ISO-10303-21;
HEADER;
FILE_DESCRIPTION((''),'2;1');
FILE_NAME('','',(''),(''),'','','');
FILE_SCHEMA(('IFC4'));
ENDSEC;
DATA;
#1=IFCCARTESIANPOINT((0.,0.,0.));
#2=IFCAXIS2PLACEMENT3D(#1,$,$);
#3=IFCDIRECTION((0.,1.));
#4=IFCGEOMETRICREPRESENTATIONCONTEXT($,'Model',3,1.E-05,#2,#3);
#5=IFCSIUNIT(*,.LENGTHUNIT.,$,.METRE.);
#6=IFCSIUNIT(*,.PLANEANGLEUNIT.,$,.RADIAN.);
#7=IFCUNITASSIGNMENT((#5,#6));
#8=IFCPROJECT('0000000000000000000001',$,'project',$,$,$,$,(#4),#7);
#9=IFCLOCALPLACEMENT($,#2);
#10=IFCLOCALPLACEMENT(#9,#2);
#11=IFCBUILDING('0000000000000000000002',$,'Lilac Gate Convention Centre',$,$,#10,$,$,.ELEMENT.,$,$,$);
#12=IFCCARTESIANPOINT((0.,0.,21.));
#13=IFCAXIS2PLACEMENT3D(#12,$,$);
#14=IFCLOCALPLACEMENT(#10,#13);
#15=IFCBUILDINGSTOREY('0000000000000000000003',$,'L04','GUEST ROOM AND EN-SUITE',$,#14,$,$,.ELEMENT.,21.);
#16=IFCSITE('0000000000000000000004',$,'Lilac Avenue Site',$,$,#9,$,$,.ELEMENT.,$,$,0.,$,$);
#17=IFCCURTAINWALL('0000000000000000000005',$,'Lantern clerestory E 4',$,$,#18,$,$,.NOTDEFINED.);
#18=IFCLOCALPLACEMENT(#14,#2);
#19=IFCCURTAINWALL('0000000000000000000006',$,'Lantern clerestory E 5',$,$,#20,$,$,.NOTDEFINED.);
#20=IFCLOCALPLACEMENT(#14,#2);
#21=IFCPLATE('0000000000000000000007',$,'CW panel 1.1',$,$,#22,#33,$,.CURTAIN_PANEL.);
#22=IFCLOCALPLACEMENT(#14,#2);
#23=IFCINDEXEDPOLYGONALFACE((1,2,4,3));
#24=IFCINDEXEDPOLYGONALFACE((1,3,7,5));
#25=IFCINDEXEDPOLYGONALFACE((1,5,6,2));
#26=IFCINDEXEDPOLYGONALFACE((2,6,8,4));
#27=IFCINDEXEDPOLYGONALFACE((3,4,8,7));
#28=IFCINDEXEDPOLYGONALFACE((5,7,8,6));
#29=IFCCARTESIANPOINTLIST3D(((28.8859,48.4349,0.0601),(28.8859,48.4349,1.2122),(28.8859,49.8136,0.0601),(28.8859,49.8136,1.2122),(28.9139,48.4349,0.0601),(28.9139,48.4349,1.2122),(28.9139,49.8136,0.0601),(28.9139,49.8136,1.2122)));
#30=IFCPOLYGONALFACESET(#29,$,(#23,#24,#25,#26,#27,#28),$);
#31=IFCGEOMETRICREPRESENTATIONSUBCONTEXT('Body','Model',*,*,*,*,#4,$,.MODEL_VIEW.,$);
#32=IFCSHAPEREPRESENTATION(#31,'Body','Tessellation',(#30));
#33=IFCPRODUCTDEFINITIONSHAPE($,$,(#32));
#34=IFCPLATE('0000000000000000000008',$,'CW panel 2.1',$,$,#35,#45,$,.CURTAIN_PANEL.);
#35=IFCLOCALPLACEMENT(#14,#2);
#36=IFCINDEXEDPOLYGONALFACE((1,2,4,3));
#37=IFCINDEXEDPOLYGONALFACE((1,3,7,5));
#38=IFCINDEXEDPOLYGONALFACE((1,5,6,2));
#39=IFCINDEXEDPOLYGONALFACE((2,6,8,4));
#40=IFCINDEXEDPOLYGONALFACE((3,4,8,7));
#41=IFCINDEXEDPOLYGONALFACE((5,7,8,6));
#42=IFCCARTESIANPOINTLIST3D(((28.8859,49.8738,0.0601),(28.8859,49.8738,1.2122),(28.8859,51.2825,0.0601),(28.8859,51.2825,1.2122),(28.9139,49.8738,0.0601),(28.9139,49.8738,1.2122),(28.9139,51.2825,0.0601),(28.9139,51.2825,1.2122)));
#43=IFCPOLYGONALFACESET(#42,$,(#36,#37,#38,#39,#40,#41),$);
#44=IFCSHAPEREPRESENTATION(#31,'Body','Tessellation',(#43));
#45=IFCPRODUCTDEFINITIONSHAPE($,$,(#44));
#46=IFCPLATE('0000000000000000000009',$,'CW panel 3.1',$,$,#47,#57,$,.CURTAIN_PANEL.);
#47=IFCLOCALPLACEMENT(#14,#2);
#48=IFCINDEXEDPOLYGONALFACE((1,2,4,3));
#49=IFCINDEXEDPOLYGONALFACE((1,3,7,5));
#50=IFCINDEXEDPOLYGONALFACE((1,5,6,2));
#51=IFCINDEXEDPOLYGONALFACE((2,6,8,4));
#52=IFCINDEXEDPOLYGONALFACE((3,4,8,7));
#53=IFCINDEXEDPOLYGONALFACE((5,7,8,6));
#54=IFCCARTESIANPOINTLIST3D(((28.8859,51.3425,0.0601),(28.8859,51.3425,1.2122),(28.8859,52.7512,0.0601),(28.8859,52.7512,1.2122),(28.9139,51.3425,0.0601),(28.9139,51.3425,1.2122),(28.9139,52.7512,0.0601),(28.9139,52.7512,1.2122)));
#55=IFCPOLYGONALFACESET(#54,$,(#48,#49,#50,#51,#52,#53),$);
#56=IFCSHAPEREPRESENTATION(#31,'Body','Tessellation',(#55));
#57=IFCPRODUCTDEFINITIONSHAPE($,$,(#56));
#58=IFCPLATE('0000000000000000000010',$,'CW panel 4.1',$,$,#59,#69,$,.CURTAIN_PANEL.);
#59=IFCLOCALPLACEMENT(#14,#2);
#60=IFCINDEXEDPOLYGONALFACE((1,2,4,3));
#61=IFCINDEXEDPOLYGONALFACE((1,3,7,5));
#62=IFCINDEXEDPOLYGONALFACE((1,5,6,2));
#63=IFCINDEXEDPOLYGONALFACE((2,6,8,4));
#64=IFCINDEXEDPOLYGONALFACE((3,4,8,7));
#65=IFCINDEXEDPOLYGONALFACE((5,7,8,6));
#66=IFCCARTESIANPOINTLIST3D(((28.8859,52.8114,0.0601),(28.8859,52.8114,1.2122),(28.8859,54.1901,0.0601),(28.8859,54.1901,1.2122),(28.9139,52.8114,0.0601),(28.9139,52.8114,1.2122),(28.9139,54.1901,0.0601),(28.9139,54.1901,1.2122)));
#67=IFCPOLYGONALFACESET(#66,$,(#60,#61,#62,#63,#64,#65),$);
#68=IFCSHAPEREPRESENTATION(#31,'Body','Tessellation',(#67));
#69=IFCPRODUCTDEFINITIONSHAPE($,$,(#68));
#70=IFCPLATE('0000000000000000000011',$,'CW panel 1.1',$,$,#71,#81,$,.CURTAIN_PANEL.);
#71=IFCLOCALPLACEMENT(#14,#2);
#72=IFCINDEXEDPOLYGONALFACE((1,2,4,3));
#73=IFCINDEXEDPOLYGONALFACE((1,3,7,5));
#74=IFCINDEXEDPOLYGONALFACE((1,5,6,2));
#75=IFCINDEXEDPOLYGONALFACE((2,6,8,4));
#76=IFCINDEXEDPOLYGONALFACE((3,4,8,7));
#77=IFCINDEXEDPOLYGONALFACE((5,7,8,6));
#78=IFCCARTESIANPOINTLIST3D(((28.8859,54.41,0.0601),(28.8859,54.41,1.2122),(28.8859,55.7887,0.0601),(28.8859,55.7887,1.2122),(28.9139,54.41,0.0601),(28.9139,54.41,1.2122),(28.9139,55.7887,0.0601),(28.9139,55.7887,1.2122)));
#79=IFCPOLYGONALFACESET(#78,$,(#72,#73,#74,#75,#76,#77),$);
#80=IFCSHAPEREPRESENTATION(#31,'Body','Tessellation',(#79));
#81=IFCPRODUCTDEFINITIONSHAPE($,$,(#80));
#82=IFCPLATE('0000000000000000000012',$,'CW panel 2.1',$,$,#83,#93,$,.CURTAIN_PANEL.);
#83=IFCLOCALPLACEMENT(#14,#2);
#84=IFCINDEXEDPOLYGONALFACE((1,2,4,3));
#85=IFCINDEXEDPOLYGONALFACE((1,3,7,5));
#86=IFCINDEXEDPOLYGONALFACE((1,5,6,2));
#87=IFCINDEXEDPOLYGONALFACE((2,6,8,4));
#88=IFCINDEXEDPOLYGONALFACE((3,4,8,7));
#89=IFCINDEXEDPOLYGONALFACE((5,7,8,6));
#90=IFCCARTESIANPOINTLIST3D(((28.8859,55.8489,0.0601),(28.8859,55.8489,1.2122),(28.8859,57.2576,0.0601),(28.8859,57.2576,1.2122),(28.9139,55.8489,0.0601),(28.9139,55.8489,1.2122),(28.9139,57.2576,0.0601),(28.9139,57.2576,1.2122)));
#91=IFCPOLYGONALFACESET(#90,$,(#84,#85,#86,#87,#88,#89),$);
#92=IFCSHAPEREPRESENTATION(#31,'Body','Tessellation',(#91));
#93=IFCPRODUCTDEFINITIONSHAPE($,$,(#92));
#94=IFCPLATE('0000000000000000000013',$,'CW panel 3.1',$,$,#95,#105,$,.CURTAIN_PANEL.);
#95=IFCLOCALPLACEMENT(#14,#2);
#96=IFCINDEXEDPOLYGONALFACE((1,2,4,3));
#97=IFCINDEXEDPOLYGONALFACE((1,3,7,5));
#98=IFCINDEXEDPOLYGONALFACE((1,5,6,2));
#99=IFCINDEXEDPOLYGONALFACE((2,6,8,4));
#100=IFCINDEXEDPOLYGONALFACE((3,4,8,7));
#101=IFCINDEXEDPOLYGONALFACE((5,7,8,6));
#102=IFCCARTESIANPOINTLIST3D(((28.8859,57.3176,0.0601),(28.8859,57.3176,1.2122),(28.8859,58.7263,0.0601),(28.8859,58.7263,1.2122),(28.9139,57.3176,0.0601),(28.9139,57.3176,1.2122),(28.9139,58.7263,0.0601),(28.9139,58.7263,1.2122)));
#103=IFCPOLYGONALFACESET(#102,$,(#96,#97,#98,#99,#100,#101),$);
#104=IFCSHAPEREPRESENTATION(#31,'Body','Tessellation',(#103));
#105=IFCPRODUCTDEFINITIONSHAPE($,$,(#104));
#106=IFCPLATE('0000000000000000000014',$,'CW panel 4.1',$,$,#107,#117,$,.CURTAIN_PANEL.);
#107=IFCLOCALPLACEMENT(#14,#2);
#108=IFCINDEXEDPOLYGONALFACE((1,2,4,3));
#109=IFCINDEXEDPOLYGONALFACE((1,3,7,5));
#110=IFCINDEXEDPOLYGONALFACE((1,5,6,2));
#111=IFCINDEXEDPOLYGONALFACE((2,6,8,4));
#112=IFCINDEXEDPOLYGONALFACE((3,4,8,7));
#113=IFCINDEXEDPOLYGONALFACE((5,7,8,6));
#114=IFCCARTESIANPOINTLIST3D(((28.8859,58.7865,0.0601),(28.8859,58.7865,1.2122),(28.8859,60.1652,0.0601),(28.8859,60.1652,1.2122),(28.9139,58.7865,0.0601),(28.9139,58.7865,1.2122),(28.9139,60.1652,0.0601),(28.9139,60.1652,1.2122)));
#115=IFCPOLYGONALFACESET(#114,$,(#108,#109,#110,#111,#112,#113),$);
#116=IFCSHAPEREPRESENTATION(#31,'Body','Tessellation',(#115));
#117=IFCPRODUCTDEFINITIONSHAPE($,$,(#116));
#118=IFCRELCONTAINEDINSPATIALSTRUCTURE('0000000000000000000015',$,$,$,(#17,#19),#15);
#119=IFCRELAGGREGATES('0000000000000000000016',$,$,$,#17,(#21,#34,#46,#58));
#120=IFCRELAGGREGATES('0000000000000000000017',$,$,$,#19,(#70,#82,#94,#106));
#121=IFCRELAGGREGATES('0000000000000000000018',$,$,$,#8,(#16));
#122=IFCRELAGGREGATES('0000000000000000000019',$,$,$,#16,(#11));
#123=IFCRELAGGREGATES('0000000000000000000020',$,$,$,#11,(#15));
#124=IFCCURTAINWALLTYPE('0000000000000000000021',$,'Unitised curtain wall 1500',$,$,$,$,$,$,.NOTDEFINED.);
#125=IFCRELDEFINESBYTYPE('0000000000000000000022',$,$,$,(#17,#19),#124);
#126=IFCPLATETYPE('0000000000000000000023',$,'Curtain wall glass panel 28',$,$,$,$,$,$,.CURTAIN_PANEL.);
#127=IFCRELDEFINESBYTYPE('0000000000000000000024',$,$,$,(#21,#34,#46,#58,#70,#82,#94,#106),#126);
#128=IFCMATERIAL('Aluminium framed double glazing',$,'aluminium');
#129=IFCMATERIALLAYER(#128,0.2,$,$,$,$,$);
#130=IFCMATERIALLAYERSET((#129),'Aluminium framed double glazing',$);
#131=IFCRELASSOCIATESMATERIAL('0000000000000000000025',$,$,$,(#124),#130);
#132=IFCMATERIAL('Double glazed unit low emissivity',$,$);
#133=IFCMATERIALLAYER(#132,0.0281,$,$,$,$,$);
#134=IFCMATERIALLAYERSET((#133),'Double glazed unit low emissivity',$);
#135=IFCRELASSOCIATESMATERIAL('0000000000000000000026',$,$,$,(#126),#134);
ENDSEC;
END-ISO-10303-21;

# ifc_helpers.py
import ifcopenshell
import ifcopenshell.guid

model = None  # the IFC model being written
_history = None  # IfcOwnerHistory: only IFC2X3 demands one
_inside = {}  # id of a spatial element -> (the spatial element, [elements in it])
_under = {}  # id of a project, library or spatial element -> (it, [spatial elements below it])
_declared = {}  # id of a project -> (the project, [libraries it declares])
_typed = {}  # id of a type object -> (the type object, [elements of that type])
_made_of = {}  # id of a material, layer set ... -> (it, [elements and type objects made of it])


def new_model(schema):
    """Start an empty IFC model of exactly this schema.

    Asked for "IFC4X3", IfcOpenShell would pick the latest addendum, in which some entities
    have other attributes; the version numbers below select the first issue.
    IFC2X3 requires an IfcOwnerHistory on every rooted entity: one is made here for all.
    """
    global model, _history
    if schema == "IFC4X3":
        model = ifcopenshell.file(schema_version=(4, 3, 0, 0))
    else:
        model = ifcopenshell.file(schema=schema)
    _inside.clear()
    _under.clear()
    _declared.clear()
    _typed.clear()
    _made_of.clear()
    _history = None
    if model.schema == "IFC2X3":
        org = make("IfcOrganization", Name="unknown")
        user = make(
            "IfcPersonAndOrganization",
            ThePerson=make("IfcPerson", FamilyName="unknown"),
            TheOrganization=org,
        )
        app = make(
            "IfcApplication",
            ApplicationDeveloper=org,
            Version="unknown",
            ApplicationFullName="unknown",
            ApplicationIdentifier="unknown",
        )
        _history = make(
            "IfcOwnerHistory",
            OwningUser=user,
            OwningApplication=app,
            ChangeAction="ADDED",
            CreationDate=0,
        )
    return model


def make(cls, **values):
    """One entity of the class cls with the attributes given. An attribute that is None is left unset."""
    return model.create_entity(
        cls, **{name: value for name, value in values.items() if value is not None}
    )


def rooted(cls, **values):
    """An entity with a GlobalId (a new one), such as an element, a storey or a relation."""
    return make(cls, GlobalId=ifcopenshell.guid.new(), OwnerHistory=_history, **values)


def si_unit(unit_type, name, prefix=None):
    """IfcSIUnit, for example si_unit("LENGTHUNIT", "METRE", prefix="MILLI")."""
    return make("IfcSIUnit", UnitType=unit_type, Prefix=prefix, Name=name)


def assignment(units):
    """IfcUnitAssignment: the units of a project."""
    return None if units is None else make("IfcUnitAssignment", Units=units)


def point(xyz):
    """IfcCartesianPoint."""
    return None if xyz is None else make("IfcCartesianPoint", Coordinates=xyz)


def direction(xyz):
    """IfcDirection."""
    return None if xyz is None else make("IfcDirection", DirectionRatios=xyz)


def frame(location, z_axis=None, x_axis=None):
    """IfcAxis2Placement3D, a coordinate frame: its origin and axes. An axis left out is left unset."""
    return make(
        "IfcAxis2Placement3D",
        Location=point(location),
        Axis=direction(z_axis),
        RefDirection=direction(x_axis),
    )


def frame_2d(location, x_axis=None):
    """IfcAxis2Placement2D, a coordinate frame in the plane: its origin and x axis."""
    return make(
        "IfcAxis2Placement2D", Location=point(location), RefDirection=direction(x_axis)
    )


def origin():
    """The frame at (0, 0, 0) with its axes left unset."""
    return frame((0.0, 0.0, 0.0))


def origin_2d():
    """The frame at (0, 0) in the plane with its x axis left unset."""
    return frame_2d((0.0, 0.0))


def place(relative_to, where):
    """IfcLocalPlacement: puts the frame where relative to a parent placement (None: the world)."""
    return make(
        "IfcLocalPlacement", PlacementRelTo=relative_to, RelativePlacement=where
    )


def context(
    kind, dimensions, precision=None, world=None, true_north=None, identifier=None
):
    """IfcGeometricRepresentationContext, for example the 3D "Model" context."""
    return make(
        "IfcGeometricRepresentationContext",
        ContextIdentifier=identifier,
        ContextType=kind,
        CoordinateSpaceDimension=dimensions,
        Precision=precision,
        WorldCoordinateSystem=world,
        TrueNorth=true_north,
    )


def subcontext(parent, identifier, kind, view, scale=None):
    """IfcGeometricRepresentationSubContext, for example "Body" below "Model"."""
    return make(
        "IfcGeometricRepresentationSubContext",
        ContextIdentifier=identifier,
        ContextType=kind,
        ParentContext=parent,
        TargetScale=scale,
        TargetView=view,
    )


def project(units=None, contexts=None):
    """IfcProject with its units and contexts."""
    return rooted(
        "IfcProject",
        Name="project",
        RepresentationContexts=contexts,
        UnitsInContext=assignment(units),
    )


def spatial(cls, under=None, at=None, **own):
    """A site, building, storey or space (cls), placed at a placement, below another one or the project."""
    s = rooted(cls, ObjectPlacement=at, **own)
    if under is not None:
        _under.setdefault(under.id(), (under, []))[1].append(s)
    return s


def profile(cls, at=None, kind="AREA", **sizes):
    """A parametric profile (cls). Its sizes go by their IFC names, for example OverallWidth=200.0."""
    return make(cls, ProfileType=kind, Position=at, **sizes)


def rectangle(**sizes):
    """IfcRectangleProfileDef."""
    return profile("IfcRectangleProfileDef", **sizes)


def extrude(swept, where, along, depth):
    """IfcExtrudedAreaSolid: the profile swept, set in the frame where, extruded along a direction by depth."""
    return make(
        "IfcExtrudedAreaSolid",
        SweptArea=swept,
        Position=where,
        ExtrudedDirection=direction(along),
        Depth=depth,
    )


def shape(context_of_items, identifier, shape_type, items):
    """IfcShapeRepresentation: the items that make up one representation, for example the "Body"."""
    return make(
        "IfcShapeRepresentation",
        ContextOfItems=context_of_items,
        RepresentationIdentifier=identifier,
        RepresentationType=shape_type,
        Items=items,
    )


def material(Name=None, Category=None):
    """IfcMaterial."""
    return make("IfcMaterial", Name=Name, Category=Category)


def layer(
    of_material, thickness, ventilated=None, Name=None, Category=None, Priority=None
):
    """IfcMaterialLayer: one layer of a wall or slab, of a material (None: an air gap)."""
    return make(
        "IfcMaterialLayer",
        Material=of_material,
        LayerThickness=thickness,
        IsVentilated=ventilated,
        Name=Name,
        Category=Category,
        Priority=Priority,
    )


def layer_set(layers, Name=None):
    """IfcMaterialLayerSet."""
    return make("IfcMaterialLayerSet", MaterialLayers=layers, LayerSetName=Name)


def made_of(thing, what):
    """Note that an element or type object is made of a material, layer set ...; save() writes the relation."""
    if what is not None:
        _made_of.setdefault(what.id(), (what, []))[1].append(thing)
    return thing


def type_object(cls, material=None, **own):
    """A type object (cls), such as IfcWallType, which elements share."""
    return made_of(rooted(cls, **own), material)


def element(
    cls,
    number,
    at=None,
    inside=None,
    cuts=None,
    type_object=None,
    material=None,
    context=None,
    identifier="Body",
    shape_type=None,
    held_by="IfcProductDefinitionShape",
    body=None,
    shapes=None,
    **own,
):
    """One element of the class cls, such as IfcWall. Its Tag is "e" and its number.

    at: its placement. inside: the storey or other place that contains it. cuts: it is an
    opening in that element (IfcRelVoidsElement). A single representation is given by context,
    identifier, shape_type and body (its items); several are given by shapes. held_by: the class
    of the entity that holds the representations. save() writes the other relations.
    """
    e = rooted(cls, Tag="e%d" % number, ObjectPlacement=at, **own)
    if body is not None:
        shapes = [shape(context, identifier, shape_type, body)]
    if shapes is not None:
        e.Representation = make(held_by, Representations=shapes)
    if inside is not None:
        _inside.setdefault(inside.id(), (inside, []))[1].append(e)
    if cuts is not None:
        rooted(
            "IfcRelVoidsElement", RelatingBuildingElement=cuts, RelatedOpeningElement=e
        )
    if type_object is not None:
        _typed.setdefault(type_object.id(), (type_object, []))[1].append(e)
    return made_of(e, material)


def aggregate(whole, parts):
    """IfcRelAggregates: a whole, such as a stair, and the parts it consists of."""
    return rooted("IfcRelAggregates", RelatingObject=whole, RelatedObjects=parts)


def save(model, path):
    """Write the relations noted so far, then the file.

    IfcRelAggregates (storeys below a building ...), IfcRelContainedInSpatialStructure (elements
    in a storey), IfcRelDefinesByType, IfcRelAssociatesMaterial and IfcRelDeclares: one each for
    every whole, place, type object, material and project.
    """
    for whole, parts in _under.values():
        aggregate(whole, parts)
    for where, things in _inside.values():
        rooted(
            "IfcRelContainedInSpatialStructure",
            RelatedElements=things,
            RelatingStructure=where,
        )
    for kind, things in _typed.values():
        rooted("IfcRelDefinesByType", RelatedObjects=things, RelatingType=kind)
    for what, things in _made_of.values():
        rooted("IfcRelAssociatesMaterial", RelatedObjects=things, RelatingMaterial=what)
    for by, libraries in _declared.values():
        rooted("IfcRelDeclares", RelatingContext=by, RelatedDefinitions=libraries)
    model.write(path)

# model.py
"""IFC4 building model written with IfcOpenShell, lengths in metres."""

from ifc_helpers import new_model, si_unit, direction, frame, origin, origin_2d, place, context, subcontext, project, spatial, rectangle, extrude, material, layer, layer_set, type_object, element, aggregate, save


model = new_model("IFC4")

# Units and contexts
model_context = context("Model", 3, precision=1e-05, world=origin(), true_north=direction((0.0, 1.0)))
body_context = subcontext(model_context, "Body", "Model", "MODEL_VIEW")
ifc_project = project(units=[si_unit("LENGTHUNIT", "METRE"), si_unit("PLANEANGLEUNIT", "RADIAN")], contexts=[model_context])

# Site, building, storey
site_placement = place(None, origin())
site = spatial("IfcSite", under=ifc_project, at=site_placement, Name="Lilac Avenue Site", CompositionType="ELEMENT", RefElevation=0.0)
building_placement = place(site_placement, origin())
building = spatial("IfcBuilding", under=site, at=building_placement, Name="Lilac Gate Convention Centre", CompositionType="ELEMENT")
storey_placement = place(building_placement, frame((0.0, 0.0, 21.0)))
storey = spatial("IfcBuildingStorey", under=building, at=storey_placement, Name="L04", Description="GUEST ROOM AND EN-SUITE", CompositionType="ELEMENT", Elevation=21.0)

# Shared definitions
ifc_material_1 = material(Name="Aluminium framed double glazing", Category="aluminium")
ifc_layer_1 = layer(ifc_material_1, 0.2)
ifc_layer_set_1 = layer_set([ifc_layer_1], Name="Aluminium framed double glazing")
curtain_wall_type = type_object("IfcCurtainWallType", Name="Unitised curtain wall 1500", PredefinedType="NOTDEFINED", material=ifc_layer_set_1)

# Curtain walls
curtain_wall_1_placement = place(storey_placement, origin())
curtain_wall_1 = element("IfcCurtainWall", 1, at=curtain_wall_1_placement, inside=storey, type_object=curtain_wall_type, Name="Lantern clerestory E 4", PredefinedType="NOTDEFINED")
curtain_wall_2_placement = place(storey_placement, origin())
curtain_wall_2 = element("IfcCurtainWall", 2, at=curtain_wall_2_placement, inside=storey, type_object=curtain_wall_type, Name="Lantern clerestory E 5", PredefinedType="NOTDEFINED")

# Plates
ifc_material_2 = material(Name="Double glazed unit low emissivity")
ifc_layer_2 = layer(ifc_material_2, 0.0281)
ifc_layer_set_2 = layer_set([ifc_layer_2], Name="Double glazed unit low emissivity")
plate_type = type_object("IfcPlateType", Name="Curtain wall glass panel 28", PredefinedType="CURTAIN_PANEL", material=ifc_layer_set_2)
plate_1_placement = place(storey_placement, frame((28.8999, 49.1243, 0.0601), z_axis=(0.0, 0.0, 1.0), x_axis=(0.0, 1.0, 0.0)))
plate_1 = element("IfcPlate", 3, at=plate_1_placement, type_object=plate_type, Name="CW panel 1.1", PredefinedType="CURTAIN_PANEL", context=body_context, shape_type="SweptSolid", body=[
    extrude(rectangle(XDim=1.3787, YDim=0.0281, at=origin_2d()), origin(), (0.0, 0.0, 1.0), 1.1521),
])
plate_2_placement = place(storey_placement, frame((28.8999, 50.5781, 0.0601), z_axis=(0.0, 0.0, 1.0), x_axis=(0.0, 1.0, 0.0)))
plate_2 = element("IfcPlate", 4, at=plate_2_placement, type_object=plate_type, Name="CW panel 2.1", PredefinedType="CURTAIN_PANEL", context=body_context, shape_type="SweptSolid", body=[
    extrude(rectangle(XDim=1.4087, YDim=0.0281, at=origin_2d()), origin(), (0.0, 0.0, 1.0), 1.1521),
])
plate_3_placement = place(storey_placement, frame((28.8999, 52.0469, 0.0601), z_axis=(0.0, 0.0, 1.0), x_axis=(0.0, 1.0, 0.0)))
plate_3 = element("IfcPlate", 5, at=plate_3_placement, type_object=plate_type, Name="CW panel 3.1", PredefinedType="CURTAIN_PANEL", context=body_context, shape_type="SweptSolid", body=[
    extrude(rectangle(XDim=1.4087, YDim=0.0281, at=origin_2d()), origin(), (0.0, 0.0, 1.0), 1.1521),
])
plate_4_placement = place(storey_placement, frame((28.8999, 53.5007, 0.0601), z_axis=(0.0, 0.0, 1.0), x_axis=(0.0, 1.0, 0.0)))
plate_4 = element("IfcPlate", 6, at=plate_4_placement, type_object=plate_type, Name="CW panel 4.1", PredefinedType="CURTAIN_PANEL", context=body_context, shape_type="SweptSolid", body=[
    extrude(rectangle(XDim=1.3787, YDim=0.0281, at=origin_2d()), origin(), (0.0, 0.0, 1.0), 1.1521),
])
aggregate(curtain_wall_1, [plate_1, plate_2, plate_3, plate_4])
plate_5_placement = place(storey_placement, frame((28.8999, 55.0994, 0.0601), z_axis=(0.0, 0.0, 1.0), x_axis=(0.0, 1.0, 0.0)))
plate_5 = element("IfcPlate", 7, at=plate_5_placement, type_object=plate_type, Name="CW panel 1.1", PredefinedType="CURTAIN_PANEL", context=body_context, shape_type="SweptSolid", body=[
    extrude(rectangle(XDim=1.3787, YDim=0.0281, at=origin_2d()), origin(), (0.0, 0.0, 1.0), 1.1521),
])
plate_6_placement = place(storey_placement, frame((28.8999, 56.5532, 0.0601), z_axis=(0.0, 0.0, 1.0), x_axis=(0.0, 1.0, 0.0)))
plate_6 = element("IfcPlate", 8, at=plate_6_placement, type_object=plate_type, Name="CW panel 2.1", PredefinedType="CURTAIN_PANEL", context=body_context, shape_type="SweptSolid", body=[
    extrude(rectangle(XDim=1.4087, YDim=0.0281, at=origin_2d()), origin(), (0.0, 0.0, 1.0), 1.1521),
])
plate_7_placement = place(storey_placement, frame((28.8999, 58.022, 0.0601), z_axis=(0.0, 0.0, 1.0), x_axis=(0.0, 1.0, 0.0)))
plate_7 = element("IfcPlate", 9, at=plate_7_placement, type_object=plate_type, Name="CW panel 3.1", PredefinedType="CURTAIN_PANEL", context=body_context, shape_type="SweptSolid", body=[
    extrude(rectangle(XDim=1.4087, YDim=0.0281, at=origin_2d()), origin(), (0.0, 0.0, 1.0), 1.1521),
])
plate_8_placement = place(storey_placement, frame((28.8999, 59.4758, 0.0601), z_axis=(0.0, 0.0, 1.0), x_axis=(0.0, 1.0, 0.0)))
plate_8 = element("IfcPlate", 10, at=plate_8_placement, type_object=plate_type, Name="CW panel 4.1", PredefinedType="CURTAIN_PANEL", context=body_context, shape_type="SweptSolid", body=[
    extrude(rectangle(XDim=1.3787, YDim=0.0281, at=origin_2d()), origin(), (0.0, 0.0, 1.0), 1.1521),
])
aggregate(curtain_wall_2, [plate_5, plate_6, plate_7, plate_8])

save(model, "model.ifc")
